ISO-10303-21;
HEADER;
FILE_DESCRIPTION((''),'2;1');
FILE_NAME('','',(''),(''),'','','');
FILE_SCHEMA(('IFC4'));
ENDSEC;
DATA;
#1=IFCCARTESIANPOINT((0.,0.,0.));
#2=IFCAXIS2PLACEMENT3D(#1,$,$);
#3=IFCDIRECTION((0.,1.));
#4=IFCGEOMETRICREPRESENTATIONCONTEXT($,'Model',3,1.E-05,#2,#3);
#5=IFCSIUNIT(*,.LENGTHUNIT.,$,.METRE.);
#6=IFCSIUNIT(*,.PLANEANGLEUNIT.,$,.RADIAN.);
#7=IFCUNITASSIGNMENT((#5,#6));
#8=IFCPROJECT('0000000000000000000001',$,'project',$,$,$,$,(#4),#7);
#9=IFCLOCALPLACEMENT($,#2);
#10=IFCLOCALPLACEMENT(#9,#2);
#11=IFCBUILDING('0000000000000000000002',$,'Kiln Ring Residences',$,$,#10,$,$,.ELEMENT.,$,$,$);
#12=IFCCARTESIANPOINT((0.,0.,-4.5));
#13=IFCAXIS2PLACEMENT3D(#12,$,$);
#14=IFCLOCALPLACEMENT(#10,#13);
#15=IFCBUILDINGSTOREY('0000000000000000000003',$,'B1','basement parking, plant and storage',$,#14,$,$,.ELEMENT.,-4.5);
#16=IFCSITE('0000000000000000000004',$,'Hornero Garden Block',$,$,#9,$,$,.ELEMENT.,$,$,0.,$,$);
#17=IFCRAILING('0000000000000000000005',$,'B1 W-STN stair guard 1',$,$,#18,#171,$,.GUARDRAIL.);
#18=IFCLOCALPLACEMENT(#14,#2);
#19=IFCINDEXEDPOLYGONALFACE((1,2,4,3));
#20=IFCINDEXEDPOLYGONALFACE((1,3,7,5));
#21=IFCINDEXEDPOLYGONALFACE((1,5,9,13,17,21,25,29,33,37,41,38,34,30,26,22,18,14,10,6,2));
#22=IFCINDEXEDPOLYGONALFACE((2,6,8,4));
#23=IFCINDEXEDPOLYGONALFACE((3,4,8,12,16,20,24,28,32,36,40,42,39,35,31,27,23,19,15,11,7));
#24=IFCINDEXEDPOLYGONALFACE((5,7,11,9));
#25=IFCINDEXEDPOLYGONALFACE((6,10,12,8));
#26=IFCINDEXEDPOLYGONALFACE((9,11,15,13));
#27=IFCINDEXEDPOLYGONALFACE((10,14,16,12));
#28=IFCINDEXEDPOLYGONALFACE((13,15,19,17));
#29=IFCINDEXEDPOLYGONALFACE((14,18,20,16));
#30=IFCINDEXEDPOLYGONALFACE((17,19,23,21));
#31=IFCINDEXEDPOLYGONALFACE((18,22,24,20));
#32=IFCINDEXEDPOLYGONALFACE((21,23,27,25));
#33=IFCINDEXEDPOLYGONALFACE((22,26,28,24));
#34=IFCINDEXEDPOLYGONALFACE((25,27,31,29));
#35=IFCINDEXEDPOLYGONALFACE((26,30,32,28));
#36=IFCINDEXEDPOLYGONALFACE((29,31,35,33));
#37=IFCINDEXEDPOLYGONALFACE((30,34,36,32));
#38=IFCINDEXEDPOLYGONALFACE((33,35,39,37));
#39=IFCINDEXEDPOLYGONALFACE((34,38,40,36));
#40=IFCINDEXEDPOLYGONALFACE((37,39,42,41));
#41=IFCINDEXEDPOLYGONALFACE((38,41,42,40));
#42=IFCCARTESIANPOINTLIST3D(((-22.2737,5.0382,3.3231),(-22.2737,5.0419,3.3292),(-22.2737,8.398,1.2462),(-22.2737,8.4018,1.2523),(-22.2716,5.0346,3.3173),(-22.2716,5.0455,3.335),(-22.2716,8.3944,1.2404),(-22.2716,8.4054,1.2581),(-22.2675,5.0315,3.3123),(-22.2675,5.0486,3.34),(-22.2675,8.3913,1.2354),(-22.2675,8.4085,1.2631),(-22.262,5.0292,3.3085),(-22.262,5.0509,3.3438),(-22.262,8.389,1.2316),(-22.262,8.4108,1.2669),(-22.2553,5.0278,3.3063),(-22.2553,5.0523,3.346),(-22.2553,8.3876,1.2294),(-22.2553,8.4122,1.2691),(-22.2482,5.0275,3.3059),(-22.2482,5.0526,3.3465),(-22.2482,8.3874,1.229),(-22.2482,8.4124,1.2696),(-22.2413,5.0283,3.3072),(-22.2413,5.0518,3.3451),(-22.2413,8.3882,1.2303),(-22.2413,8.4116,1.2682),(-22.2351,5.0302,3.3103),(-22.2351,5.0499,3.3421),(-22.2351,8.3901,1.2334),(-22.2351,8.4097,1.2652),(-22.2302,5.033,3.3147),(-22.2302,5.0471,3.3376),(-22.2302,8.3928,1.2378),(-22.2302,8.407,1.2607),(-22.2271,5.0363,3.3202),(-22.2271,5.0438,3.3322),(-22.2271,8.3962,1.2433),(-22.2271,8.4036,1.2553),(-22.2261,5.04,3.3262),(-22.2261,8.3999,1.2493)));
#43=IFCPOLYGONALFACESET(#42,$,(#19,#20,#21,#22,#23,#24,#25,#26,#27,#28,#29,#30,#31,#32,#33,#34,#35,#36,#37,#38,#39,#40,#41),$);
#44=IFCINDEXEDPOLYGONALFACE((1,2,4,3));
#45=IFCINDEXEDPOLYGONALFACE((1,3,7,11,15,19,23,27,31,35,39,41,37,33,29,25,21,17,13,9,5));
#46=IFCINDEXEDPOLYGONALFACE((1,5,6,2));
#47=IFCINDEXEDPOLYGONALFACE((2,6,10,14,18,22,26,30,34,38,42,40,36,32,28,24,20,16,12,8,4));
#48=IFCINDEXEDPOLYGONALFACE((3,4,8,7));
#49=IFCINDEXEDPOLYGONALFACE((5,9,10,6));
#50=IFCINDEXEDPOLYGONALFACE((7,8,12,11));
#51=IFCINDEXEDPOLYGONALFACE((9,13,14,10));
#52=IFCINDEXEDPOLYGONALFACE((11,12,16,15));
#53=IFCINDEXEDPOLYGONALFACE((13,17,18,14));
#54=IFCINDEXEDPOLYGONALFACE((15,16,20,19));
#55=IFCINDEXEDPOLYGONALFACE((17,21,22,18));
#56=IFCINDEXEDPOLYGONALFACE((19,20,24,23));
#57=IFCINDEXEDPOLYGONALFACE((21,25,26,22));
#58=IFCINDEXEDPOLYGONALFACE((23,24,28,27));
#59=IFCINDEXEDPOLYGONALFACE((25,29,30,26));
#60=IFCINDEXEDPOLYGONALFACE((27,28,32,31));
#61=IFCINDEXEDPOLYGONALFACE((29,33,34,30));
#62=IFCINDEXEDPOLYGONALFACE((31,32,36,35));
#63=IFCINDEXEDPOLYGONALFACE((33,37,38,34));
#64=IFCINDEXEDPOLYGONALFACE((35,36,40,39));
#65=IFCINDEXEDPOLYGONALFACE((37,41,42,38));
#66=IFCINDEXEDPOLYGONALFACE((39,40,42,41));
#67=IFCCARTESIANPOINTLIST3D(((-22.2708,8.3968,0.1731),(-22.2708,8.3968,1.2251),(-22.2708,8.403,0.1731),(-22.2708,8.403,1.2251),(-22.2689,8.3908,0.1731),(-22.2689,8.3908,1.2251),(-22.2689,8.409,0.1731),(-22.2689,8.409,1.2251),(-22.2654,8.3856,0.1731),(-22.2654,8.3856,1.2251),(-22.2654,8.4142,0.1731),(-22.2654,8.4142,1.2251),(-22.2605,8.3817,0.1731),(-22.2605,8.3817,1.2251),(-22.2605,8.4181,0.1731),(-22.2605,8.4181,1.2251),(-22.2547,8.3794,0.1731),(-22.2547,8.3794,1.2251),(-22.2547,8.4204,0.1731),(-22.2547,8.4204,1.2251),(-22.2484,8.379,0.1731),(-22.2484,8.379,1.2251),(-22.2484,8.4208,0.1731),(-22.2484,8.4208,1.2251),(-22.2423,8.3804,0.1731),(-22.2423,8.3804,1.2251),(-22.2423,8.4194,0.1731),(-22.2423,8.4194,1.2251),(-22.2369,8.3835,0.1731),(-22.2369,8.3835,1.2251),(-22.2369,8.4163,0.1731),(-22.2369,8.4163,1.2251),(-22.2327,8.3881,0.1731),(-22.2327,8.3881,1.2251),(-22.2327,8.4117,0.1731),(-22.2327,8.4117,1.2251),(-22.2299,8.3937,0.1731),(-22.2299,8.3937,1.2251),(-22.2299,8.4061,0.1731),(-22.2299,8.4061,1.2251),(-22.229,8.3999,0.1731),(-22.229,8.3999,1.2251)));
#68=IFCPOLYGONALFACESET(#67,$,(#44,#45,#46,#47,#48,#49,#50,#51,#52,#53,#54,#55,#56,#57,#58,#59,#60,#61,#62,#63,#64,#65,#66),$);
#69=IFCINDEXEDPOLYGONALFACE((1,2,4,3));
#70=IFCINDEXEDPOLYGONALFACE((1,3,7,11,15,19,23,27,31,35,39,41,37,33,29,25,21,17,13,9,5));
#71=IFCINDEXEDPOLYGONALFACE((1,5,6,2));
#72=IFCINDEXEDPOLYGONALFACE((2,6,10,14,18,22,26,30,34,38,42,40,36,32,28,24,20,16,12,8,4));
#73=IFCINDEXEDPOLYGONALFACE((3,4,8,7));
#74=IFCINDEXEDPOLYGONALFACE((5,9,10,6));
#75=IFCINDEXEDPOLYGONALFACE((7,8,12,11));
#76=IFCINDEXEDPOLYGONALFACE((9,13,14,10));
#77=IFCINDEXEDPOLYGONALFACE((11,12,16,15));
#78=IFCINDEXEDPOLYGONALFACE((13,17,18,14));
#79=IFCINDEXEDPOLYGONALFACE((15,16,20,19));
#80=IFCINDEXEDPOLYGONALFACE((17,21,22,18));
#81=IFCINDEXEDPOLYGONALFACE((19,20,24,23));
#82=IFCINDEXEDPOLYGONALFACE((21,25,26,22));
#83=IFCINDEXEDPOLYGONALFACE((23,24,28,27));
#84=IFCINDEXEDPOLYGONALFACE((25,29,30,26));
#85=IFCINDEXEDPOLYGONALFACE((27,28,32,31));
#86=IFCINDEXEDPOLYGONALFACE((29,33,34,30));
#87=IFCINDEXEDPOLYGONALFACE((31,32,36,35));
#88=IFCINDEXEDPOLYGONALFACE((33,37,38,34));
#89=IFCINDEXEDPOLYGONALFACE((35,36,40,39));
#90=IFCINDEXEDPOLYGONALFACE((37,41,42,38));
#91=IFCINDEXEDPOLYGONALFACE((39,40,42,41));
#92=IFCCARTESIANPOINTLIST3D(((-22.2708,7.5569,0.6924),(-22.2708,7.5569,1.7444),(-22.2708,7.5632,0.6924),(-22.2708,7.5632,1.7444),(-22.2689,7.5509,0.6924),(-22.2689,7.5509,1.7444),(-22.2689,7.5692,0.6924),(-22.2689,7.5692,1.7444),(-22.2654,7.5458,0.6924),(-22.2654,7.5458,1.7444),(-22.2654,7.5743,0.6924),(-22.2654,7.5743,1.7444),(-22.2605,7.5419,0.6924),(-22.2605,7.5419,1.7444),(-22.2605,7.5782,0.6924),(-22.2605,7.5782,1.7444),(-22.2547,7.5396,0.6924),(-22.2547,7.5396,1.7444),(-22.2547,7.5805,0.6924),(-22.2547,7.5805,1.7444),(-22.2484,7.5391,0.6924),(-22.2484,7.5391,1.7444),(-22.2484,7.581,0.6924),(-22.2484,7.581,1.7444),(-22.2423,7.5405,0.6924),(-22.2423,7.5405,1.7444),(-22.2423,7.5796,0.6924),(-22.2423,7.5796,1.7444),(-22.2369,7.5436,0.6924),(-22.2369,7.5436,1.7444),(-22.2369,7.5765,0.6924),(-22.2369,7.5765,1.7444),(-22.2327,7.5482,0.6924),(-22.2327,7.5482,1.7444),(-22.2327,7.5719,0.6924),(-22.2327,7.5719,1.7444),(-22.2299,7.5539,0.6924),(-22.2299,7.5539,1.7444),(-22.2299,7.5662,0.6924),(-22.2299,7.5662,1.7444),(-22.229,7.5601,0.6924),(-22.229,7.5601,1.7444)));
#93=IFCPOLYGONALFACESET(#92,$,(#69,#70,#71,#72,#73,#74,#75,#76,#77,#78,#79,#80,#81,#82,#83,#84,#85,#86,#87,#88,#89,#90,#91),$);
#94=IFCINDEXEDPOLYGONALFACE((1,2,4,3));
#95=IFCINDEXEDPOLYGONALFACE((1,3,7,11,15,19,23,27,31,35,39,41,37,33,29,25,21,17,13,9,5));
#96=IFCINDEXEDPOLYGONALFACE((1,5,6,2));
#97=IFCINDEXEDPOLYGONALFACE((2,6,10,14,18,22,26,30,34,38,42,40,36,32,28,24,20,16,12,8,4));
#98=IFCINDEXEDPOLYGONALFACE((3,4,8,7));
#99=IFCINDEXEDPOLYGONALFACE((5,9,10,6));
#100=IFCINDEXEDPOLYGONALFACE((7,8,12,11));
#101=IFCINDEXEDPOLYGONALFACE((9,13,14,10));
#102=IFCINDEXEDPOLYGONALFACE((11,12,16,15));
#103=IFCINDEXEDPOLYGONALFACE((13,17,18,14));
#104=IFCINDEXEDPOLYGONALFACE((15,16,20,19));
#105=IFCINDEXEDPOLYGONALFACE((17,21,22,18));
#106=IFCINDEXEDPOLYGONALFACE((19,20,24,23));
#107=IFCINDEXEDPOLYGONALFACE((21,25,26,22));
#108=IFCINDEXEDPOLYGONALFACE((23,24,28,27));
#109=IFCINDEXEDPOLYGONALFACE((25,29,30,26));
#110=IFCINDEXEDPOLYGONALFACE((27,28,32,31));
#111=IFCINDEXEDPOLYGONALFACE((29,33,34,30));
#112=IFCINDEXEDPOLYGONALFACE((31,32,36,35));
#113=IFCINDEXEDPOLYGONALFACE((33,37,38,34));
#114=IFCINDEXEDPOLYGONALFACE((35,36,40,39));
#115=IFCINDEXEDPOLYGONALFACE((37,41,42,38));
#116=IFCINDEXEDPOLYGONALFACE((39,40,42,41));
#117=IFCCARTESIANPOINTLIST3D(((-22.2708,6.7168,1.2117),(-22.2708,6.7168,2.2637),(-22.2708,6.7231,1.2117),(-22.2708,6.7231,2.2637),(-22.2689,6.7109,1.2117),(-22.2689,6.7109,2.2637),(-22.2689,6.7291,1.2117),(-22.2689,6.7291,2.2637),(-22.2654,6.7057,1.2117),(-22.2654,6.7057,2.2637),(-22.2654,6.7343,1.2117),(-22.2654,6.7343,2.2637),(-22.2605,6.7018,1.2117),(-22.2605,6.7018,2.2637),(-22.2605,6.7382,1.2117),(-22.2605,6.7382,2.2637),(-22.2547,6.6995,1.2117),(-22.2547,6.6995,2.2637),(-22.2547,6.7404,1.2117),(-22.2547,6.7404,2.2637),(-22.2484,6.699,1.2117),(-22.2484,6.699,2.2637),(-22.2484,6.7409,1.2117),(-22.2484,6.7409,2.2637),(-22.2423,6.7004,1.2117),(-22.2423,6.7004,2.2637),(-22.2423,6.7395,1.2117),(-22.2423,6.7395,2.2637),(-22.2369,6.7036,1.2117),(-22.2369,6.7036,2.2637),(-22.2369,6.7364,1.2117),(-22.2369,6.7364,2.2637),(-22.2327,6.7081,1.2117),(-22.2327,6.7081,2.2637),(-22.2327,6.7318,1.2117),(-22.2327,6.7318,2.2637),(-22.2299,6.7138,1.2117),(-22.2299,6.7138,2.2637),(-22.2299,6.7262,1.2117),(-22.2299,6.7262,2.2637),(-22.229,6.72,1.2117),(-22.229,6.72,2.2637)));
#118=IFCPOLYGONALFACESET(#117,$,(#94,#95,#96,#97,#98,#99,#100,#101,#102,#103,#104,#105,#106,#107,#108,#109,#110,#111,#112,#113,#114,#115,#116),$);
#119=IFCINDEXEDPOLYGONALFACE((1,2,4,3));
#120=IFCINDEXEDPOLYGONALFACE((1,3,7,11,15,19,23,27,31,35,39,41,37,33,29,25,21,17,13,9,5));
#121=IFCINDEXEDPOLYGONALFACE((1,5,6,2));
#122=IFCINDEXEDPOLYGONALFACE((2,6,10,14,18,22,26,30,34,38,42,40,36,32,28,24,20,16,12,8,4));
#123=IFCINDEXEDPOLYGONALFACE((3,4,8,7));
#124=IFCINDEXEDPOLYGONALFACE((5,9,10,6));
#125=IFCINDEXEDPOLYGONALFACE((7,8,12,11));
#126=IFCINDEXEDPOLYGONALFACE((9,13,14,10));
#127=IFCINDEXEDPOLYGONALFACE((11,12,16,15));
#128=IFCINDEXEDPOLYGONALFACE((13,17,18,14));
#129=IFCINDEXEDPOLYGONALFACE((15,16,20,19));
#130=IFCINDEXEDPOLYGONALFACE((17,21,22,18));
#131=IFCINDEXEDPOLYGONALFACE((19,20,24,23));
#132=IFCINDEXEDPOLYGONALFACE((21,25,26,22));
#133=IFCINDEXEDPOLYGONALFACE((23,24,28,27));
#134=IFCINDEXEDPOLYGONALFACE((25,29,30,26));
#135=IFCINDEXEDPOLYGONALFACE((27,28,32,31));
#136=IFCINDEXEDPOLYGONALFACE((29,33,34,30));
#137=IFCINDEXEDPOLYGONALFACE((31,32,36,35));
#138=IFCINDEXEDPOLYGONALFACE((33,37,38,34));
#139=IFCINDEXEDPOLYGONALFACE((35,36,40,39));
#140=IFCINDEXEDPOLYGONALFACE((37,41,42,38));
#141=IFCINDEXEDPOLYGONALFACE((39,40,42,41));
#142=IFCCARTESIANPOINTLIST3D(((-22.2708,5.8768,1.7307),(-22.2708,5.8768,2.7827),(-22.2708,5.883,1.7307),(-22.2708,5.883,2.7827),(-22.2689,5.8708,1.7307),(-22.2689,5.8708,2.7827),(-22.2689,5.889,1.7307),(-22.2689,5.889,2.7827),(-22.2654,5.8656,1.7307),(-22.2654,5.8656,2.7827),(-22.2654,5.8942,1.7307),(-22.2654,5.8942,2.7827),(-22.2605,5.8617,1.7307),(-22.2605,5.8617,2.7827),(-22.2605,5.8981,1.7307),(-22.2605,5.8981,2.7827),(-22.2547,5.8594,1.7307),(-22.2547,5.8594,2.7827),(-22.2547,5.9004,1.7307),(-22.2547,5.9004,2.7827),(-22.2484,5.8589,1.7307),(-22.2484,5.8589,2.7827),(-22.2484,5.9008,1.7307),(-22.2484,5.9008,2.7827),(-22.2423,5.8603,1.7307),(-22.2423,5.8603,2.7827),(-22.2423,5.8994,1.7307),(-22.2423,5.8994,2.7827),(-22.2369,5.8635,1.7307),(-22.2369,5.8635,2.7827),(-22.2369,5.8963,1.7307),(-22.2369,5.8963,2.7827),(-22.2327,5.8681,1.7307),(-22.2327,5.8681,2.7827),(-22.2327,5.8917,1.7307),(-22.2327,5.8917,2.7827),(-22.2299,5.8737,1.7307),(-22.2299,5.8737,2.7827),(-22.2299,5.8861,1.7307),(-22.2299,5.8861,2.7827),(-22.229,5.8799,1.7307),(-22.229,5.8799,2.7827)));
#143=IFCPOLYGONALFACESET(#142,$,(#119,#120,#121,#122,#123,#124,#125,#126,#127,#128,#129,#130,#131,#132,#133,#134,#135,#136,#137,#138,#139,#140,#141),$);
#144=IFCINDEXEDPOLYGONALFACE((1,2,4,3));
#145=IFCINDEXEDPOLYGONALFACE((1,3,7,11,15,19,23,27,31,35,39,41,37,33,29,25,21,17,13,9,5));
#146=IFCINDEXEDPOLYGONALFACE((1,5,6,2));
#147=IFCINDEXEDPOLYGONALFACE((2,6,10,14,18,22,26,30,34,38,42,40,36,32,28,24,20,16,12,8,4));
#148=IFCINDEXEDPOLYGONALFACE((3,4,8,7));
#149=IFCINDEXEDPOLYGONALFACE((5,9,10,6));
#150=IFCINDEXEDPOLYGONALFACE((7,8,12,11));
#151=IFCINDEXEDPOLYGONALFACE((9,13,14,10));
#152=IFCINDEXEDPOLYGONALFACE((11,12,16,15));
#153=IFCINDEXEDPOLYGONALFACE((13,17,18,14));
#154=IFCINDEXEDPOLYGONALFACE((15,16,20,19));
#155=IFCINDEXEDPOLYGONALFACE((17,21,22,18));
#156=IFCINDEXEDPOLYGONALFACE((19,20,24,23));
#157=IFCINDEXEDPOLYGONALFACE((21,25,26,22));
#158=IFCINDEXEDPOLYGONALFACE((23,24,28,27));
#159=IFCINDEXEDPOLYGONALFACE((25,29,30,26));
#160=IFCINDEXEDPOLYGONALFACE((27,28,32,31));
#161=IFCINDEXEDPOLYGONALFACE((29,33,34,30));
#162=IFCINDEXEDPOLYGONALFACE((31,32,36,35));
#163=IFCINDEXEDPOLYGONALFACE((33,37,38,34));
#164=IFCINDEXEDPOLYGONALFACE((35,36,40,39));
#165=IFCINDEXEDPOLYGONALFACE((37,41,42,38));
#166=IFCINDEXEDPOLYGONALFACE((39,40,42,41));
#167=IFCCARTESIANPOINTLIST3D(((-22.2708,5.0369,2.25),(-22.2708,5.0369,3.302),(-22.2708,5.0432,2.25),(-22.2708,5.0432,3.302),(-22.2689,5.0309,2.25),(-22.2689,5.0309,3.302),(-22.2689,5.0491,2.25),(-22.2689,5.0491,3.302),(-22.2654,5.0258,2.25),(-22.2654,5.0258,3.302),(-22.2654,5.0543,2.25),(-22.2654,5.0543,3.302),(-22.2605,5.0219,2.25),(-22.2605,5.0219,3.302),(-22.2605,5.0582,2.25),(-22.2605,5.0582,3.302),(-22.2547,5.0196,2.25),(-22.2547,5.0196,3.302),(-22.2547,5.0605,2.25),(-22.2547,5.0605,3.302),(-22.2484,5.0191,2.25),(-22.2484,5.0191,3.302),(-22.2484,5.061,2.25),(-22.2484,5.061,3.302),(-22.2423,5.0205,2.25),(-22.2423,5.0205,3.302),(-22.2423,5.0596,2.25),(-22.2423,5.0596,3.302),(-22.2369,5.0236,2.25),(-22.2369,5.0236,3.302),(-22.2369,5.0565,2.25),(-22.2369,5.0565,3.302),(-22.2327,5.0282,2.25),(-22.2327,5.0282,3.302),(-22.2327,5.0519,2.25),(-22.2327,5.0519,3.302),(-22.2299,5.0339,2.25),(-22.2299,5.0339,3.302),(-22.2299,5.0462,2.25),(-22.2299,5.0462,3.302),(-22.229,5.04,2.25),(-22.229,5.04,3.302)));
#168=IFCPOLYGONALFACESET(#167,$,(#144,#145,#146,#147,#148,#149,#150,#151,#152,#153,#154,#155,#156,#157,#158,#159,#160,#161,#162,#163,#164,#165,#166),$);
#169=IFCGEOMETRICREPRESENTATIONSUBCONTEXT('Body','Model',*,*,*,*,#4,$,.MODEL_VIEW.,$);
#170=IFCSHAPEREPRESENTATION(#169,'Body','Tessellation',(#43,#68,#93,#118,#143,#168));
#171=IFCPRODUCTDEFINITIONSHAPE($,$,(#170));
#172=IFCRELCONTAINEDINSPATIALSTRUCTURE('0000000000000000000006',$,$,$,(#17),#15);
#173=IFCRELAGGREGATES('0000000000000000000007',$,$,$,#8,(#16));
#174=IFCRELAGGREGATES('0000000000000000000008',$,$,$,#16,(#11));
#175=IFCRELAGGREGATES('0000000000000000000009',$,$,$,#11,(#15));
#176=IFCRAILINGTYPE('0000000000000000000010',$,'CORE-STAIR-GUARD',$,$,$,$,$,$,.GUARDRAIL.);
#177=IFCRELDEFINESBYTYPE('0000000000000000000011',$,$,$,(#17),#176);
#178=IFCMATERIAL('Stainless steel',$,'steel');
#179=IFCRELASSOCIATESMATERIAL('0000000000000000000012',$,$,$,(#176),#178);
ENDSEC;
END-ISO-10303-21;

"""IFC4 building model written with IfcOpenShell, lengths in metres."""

from ifc_helpers import new_model, si_unit, direction, frame, origin, origin_2d, place, context, subcontext, project, spatial, circle, extrude, material, type_object, element, save


model = new_model("IFC4")

# Units and contexts
model_context = context("Model", 3, precision=1e-05, world=origin(), true_north=direction((0.0, 1.0)))
body_context = subcontext(model_context, "Body", "Model", "MODEL_VIEW")
ifc_project = project(units=[si_unit("LENGTHUNIT", "METRE"), si_unit("PLANEANGLEUNIT", "RADIAN")], contexts=[model_context])

# Site, building, storey
site_placement = place(None, origin())
site = spatial("IfcSite", under=ifc_project, at=site_placement, Name="Hornero Garden Block", CompositionType="ELEMENT", RefElevation=0.0)
building_placement = place(site_placement, origin())
building = spatial("IfcBuilding", under=site, at=building_placement, Name="Kiln Ring Residences", CompositionType="ELEMENT")
storey_placement = place(building_placement, frame((0.0, 0.0, -4.5)))
storey = spatial("IfcBuildingStorey", under=building, at=storey_placement, Name="B1", Description="basement parking, plant and storage", CompositionType="ELEMENT", Elevation=-4.5)

# Railing
ifc_material_1 = material(Name="Stainless steel", Category="steel")
railing_type_1 = type_object("IfcRailingType", Name="CORE-STAIR-GUARD", PredefinedType="GUARDRAIL", material=ifc_material_1)
railing_1_placement = place(storey_placement, frame((-22.25, 8.3999, 0.1731)))
element("IfcRailing", 1, at=railing_1_placement, inside=storey, type_object=railing_type_1, Name="B1 W-STN stair guard 1", PredefinedType="GUARDRAIL", context=body_context, shape_type="SweptSolid", body=[
    extrude(circle(Radius=0.0239, at=origin_2d()), frame((0.0, 0.0, 1.0762), z_axis=(0.0, -0.850606, 0.525803), x_axis=(1.0, 0.0, 0.0)), (0.0, 0.0, 1.0), 3.95),
    extrude(circle(Radius=0.021, at=origin_2d()), origin(), (0.0, 0.0, 1.0), 1.052),
    extrude(circle(Radius=0.021, at=origin_2d()), frame((0.0, -0.8398, 0.5193)), (0.0, 0.0, 1.0), 1.052),
    extrude(circle(Radius=0.021, at=origin_2d()), frame((0.0, -1.6799, 1.0386)), (0.0, 0.0, 1.0), 1.052),
    extrude(circle(Radius=0.021, at=origin_2d()), frame((0.0, -2.52, 1.5576)), (0.0, 0.0, 1.0), 1.052),
    extrude(circle(Radius=0.021, at=origin_2d()), frame((0.0, -3.3599, 2.0769)), (0.0, 0.0, 1.0), 1.052),
])

save(model, "model.ifc")
